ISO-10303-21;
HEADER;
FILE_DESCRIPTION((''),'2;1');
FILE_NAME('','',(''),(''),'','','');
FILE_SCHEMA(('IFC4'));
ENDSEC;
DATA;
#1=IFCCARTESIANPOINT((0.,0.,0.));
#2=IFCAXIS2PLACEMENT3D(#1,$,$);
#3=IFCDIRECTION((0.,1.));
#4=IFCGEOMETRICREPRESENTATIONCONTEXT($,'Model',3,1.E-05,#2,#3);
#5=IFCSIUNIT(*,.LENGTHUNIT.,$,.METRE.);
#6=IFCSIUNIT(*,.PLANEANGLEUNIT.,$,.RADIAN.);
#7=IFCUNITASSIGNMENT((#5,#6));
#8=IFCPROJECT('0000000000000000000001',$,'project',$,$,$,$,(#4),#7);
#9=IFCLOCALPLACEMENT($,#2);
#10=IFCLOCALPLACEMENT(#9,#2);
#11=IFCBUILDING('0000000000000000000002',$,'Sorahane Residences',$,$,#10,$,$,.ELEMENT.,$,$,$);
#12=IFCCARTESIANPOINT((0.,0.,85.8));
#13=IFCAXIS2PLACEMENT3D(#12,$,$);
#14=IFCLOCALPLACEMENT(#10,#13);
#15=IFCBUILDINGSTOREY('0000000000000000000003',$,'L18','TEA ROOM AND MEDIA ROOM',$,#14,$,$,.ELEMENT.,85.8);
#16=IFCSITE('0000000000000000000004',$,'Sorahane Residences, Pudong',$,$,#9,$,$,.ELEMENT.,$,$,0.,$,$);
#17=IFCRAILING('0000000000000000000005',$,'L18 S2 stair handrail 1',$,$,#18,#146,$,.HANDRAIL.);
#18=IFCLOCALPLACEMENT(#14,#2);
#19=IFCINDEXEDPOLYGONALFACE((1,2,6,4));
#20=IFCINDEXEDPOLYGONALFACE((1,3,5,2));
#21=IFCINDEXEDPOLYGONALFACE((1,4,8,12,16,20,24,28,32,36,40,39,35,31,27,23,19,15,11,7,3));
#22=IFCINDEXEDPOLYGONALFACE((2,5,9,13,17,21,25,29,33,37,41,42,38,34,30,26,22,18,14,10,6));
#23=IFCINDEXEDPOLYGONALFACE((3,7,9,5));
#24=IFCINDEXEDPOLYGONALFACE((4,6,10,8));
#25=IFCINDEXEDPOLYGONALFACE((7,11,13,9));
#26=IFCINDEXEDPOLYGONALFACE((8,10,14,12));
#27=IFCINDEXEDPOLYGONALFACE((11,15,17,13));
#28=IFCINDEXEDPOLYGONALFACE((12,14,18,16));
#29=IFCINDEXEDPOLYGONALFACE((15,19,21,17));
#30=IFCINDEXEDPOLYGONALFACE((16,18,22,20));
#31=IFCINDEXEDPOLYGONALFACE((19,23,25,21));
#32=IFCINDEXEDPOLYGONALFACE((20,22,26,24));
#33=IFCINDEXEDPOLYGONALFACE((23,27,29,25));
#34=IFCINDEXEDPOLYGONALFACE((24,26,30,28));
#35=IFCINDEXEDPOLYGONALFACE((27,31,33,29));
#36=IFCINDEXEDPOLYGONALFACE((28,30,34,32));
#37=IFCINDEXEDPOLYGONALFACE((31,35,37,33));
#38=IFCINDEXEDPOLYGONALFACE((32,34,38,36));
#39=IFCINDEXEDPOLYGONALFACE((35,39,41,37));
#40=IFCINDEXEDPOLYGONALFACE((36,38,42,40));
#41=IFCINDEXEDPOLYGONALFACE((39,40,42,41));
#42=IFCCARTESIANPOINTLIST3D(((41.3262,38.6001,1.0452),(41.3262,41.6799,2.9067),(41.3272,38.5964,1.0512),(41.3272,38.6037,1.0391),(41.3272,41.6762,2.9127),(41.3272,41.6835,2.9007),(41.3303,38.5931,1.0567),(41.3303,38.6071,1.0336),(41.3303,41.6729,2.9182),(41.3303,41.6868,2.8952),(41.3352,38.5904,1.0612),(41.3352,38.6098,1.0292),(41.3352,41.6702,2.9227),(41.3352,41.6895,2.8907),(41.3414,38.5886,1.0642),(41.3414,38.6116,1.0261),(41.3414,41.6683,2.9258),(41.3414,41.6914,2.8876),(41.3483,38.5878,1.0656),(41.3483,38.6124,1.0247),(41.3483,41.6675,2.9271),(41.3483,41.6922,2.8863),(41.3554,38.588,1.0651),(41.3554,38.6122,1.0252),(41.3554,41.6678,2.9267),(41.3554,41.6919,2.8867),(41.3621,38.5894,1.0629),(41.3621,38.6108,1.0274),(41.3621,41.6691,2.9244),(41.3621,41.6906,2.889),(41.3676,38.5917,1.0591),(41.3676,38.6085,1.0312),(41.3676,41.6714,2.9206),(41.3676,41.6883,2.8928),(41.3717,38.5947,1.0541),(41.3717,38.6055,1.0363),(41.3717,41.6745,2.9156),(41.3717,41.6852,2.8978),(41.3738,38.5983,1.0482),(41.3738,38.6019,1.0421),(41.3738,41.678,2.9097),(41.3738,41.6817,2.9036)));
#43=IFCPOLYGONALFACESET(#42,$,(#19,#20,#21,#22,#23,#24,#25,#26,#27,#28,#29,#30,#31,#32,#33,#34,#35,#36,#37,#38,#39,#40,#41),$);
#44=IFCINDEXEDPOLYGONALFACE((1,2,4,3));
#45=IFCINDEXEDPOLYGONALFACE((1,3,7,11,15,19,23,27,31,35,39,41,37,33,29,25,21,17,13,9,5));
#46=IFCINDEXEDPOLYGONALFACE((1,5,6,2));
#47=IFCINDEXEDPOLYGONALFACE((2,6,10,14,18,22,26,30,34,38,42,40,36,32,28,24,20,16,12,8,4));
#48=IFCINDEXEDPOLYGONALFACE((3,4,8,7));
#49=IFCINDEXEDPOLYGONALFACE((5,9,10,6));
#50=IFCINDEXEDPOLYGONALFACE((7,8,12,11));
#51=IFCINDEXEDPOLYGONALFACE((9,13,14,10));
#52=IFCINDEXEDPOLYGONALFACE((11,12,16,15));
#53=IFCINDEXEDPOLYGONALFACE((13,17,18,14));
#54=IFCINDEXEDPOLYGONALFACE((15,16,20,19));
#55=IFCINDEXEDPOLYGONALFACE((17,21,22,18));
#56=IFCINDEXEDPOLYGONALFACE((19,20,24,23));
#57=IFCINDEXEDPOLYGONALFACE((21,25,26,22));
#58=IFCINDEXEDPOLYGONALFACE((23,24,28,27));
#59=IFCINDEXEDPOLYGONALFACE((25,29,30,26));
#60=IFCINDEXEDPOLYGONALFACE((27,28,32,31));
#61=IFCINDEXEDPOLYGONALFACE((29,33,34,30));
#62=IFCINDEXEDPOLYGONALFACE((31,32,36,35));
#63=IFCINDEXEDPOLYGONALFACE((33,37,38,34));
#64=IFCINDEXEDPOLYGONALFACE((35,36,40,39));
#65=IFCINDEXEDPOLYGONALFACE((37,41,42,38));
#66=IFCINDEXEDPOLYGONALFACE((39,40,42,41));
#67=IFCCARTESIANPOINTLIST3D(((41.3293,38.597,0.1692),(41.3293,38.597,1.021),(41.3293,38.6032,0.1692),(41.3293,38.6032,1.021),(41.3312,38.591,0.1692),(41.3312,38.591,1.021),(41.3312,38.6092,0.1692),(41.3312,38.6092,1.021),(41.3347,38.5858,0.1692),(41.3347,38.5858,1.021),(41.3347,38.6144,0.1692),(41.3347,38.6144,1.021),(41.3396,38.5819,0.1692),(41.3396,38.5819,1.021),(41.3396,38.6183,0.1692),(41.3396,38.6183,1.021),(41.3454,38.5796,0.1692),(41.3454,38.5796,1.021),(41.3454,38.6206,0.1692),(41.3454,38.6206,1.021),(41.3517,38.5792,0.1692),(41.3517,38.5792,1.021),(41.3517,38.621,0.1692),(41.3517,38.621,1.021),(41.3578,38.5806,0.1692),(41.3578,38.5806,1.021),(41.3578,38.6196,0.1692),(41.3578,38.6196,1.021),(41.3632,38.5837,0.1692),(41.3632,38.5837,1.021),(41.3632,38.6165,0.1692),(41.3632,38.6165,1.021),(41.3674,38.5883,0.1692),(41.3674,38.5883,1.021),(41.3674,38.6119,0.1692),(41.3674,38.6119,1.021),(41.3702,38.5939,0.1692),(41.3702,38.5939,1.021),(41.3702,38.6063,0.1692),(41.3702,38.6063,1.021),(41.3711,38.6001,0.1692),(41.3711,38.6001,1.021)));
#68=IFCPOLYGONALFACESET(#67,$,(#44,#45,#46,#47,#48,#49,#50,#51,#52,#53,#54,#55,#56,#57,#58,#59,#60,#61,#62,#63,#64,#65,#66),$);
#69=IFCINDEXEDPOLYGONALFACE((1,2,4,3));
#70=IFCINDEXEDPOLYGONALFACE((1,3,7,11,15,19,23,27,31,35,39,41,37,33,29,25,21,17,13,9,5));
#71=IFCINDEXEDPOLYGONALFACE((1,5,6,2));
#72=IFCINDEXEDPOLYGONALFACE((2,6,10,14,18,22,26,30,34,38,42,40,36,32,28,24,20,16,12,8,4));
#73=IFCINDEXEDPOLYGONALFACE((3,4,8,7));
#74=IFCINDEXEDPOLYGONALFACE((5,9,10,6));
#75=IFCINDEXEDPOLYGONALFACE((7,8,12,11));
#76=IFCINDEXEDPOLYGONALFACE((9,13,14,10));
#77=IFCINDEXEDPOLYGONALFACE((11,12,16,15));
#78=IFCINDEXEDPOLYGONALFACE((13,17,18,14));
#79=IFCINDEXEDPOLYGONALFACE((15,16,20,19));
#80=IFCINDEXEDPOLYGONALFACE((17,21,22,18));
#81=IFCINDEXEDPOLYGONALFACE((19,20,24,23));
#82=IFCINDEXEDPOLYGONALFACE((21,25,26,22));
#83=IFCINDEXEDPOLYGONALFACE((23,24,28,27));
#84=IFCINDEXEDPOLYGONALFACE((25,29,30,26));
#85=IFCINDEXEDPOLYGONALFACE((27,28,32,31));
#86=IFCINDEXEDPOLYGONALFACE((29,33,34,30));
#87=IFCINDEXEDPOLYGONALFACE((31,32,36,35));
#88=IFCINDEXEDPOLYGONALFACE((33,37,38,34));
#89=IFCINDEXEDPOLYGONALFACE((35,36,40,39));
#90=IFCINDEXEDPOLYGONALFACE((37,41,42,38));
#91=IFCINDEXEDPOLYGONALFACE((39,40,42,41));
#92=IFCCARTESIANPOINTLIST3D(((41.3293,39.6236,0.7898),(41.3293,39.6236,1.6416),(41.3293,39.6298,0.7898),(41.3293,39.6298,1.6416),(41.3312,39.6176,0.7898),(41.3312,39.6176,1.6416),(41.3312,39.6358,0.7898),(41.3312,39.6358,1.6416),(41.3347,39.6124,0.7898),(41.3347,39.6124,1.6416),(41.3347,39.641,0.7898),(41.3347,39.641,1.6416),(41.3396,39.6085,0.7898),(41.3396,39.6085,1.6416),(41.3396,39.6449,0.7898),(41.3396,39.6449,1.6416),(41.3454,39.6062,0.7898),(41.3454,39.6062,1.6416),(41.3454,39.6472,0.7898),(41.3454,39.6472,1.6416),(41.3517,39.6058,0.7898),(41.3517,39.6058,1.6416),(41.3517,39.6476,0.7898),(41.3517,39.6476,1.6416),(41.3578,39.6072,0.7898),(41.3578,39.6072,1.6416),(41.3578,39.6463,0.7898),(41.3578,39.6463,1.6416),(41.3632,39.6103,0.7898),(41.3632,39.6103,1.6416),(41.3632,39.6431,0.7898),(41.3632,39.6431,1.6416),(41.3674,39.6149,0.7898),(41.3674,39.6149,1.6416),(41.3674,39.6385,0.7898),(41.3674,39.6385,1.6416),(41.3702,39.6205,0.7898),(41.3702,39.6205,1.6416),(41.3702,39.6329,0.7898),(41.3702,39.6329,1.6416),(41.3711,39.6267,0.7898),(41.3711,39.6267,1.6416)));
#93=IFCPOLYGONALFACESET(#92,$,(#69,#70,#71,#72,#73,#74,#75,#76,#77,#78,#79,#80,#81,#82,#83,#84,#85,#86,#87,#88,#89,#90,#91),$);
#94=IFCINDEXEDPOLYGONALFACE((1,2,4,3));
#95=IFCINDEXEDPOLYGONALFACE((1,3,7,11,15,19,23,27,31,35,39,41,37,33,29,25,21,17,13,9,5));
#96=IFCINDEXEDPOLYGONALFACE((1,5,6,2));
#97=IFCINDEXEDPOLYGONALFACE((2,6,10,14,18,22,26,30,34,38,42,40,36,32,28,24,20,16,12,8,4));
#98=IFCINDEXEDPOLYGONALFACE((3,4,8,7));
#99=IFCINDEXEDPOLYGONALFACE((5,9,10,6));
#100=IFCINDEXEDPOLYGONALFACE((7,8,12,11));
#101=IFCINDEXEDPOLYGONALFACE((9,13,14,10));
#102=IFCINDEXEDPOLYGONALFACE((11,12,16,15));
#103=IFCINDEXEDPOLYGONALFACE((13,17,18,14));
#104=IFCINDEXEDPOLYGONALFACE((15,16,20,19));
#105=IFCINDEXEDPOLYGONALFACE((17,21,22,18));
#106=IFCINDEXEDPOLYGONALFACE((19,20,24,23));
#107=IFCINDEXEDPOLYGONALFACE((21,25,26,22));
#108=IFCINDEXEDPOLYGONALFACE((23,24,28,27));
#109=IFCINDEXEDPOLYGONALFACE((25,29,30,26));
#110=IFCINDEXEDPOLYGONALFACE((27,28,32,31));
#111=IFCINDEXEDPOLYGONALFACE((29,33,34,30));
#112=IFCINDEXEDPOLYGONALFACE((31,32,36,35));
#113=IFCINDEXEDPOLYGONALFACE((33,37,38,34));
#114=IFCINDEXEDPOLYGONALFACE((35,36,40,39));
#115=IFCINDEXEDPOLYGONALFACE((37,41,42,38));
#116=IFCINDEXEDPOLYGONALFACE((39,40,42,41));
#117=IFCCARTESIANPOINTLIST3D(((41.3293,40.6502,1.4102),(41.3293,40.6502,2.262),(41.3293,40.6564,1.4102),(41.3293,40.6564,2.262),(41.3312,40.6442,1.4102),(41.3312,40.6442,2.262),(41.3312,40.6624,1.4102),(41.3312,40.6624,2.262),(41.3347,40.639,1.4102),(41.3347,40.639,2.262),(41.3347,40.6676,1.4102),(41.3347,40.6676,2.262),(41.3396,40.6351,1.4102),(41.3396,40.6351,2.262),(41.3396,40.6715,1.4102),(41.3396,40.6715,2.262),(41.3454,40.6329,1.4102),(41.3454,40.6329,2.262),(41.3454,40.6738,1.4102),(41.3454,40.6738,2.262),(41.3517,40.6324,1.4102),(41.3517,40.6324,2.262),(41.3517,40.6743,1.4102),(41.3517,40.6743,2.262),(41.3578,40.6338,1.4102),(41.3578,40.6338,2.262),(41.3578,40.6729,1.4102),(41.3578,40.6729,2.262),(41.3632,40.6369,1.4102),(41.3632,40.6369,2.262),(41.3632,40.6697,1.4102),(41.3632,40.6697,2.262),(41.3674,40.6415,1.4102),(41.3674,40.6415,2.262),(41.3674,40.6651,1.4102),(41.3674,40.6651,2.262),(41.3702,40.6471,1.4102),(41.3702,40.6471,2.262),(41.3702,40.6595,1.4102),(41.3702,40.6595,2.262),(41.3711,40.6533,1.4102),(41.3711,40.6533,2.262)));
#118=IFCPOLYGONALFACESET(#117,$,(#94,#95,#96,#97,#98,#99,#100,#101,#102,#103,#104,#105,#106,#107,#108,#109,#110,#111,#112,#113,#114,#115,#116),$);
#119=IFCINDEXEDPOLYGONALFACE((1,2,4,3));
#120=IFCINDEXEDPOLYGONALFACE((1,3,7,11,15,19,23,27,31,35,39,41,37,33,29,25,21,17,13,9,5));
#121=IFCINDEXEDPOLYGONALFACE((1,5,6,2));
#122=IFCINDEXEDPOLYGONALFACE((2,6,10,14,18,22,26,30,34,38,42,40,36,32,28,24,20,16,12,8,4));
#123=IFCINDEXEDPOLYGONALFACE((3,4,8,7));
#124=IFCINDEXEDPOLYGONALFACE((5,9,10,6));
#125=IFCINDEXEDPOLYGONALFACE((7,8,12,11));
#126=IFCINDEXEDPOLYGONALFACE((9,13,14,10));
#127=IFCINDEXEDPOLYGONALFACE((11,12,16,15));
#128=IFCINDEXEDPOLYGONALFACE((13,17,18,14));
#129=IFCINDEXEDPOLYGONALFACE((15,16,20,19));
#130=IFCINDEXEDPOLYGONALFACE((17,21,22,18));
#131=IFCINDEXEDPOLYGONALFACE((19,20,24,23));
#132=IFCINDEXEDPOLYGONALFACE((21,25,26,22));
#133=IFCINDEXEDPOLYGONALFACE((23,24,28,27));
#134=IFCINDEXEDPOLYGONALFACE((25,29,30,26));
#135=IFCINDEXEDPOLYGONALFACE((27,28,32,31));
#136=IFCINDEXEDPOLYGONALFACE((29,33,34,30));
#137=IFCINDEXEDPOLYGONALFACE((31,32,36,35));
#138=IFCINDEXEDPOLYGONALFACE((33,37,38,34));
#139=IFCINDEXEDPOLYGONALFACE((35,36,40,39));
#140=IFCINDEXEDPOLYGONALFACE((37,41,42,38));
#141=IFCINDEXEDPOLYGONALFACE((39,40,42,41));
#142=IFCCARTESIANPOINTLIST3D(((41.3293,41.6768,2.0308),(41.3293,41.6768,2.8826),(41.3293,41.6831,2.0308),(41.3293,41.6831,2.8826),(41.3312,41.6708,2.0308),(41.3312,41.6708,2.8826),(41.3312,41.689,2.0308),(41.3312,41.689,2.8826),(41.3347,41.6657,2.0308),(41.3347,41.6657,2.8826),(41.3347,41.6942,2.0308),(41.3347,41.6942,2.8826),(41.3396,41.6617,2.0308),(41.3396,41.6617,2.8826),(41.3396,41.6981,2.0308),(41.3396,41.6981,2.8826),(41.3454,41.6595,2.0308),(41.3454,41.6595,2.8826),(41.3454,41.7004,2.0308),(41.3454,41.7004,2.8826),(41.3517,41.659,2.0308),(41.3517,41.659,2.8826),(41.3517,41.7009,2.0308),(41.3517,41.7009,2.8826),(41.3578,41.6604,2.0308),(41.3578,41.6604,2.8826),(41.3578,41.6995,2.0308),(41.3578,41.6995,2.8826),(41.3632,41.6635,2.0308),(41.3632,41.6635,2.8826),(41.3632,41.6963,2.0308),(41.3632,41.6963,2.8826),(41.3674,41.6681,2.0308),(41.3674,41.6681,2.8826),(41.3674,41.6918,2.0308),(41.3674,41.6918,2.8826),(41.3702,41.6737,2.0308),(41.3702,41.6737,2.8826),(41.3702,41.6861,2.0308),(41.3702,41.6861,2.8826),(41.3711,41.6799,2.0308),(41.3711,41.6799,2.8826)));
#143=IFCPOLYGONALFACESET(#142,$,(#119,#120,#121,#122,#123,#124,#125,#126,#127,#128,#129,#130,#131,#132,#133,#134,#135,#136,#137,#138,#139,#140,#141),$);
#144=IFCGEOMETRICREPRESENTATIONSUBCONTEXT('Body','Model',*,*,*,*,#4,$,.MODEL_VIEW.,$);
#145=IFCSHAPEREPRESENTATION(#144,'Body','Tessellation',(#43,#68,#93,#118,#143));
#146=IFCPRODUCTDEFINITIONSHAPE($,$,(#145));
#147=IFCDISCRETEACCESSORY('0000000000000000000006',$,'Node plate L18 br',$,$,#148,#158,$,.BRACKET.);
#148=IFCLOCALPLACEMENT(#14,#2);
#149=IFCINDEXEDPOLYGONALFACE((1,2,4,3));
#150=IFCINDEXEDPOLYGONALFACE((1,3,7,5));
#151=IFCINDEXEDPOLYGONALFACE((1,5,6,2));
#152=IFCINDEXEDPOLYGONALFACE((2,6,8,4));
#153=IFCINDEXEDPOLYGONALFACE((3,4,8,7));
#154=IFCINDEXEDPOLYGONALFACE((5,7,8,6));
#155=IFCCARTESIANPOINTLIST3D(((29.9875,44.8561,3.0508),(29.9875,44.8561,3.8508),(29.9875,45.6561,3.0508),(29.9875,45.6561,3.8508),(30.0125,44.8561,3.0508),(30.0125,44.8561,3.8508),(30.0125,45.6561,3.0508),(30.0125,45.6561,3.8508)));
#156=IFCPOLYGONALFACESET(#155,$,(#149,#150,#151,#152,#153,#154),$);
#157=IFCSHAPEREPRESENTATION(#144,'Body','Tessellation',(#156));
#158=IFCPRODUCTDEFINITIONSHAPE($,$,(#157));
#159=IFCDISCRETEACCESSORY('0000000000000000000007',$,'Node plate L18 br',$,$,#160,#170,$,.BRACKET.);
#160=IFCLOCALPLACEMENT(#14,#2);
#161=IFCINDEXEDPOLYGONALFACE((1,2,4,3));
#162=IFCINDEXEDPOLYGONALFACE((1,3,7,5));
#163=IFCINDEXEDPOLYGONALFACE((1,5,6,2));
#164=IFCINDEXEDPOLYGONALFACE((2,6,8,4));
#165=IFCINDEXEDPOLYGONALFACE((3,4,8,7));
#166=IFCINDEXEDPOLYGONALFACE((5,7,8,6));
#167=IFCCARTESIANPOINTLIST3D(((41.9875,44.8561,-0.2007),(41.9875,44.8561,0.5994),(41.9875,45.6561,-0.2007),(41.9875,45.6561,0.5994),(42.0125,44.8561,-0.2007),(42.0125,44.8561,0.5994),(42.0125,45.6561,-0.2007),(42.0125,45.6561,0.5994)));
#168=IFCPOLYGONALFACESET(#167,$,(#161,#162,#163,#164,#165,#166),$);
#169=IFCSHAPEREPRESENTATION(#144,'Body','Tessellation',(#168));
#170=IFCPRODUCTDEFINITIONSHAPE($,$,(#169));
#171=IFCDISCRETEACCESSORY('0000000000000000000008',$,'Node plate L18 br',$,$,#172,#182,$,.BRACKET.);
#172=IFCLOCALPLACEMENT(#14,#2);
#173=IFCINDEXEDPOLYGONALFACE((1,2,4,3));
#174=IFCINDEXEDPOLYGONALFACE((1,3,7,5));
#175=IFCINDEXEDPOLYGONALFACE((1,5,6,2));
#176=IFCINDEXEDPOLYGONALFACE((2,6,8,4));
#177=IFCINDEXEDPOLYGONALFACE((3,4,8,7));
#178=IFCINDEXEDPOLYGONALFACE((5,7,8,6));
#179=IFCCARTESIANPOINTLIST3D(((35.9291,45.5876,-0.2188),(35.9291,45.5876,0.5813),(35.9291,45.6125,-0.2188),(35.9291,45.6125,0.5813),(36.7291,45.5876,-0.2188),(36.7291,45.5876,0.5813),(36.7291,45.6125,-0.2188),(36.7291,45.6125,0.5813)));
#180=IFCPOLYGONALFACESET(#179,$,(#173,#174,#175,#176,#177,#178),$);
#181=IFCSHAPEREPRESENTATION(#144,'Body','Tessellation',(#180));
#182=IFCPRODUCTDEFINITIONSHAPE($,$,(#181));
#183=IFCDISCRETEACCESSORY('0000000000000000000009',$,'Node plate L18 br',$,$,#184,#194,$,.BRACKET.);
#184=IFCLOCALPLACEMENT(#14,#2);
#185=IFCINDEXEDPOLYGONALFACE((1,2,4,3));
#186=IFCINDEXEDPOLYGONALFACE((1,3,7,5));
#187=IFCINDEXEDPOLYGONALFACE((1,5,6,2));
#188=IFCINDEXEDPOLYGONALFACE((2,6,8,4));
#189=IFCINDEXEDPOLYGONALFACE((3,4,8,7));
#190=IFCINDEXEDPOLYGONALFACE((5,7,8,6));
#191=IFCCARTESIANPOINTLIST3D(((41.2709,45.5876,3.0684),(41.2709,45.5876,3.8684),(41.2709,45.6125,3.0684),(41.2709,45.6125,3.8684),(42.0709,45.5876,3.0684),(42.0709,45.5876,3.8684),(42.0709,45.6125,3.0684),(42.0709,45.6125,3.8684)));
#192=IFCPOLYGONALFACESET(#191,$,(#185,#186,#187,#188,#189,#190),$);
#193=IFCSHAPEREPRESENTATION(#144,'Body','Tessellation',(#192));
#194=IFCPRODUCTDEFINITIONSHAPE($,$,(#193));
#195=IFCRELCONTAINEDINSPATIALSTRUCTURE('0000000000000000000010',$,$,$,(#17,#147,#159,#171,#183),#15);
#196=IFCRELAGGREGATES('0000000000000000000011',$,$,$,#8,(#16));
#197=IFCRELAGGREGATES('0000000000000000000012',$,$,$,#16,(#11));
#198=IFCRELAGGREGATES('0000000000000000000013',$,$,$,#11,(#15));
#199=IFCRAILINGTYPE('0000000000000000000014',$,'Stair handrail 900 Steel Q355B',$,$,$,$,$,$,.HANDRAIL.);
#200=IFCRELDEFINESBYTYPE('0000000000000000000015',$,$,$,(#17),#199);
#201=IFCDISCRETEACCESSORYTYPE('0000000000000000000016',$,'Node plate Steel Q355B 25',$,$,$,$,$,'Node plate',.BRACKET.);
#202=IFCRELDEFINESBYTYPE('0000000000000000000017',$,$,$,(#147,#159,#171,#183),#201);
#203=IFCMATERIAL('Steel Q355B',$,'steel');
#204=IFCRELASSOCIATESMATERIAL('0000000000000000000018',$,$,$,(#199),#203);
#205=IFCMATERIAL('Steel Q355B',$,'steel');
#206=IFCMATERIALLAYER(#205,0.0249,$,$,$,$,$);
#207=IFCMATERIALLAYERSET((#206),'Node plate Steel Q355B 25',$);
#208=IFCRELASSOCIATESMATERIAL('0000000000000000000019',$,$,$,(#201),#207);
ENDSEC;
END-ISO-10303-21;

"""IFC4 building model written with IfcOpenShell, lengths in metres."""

from ifc_helpers import new_model, si_unit, direction, frame, origin, origin_2d, place, context, subcontext, project, spatial, rectangle, circle, extrude, material, layer, layer_set, type_object, element, save


model = new_model("IFC4")

# Units and contexts
model_context = context("Model", 3, precision=1e-05, world=origin(), true_north=direction((0.0, 1.0)))
body_context = subcontext(model_context, "Body", "Model", "MODEL_VIEW")
ifc_project = project(units=[si_unit("LENGTHUNIT", "METRE"), si_unit("PLANEANGLEUNIT", "RADIAN")], contexts=[model_context])

# Site, building, storey
site_placement = place(None, origin())
site = spatial("IfcSite", under=ifc_project, at=site_placement, Name="Sorahane Residences, Pudong", CompositionType="ELEMENT", RefElevation=0.0)
building_placement = place(site_placement, origin())
building = spatial("IfcBuilding", under=site, at=building_placement, Name="Sorahane Residences", CompositionType="ELEMENT")
storey_placement = place(building_placement, frame((0.0, 0.0, 85.8)))
storey = spatial("IfcBuildingStorey", under=building, at=storey_placement, Name="L18", Description="TEA ROOM AND MEDIA ROOM", CompositionType="ELEMENT", Elevation=85.8)

# Railing
ifc_material_1 = material(Name="Steel Q355B", Category="steel")
railing_type = type_object("IfcRailingType", Name="Stair handrail 900 Steel Q355B", PredefinedType="HANDRAIL", material=ifc_material_1)
railing_placement = place(storey_placement, frame((41.3501, 38.6001, 0.1692)))
element("IfcRailing", 1, at=railing_placement, inside=storey, type_object=railing_type, Name="L18 S2 stair handrail 1", PredefinedType="HANDRAIL", context=body_context, shape_type="SweptSolid", body=[
    extrude(circle(Radius=0.0239, at=origin_2d()), frame((0.0, 0.0, 0.876), z_axis=(0.0, 0.855812, 0.517286), x_axis=(-1.0, 0.0, 0.0)), (0.0, 0.0, 1.0), 3.5986),
    extrude(circle(Radius=0.021, at=origin_2d()), origin(), (0.0, 0.0, 1.0), 0.8518),
    extrude(circle(Radius=0.021, at=origin_2d()), frame((0.0, 1.0266, 0.6206)), (0.0, 0.0, 1.0), 0.8518),
    extrude(circle(Radius=0.021, at=origin_2d()), frame((0.0, 2.0532, 1.241)), (0.0, 0.0, 1.0), 0.8518),
    extrude(circle(Radius=0.021, at=origin_2d()), frame((0.0, 3.0798, 1.8616)), (0.0, 0.0, 1.0), 0.8518),
])

# Discrete accessories
ifc_material_2 = material(Name="Steel Q355B", Category="steel")
ifc_layer_1 = layer(ifc_material_2, 0.0249)
ifc_layer_set_1 = layer_set([ifc_layer_1], Name="Node plate Steel Q355B 25")
discrete_accessory_type = type_object("IfcDiscreteAccessoryType", Name="Node plate Steel Q355B 25", ElementType="Node plate", PredefinedType="BRACKET", material=ifc_layer_set_1)
for number, where, z_axis, x_axis, name in (
    (2, (30.0, 45.2561, 3.0508), (0.0, 0.0, 1.0), (0.0, 1.0, 0.0), "Node plate L18 br"),
    (3, (42.0, 45.2561, -0.2007), (0.0, 0.0, 1.0), (0.0, 1.0, 0.0), "Node plate L18 br"),
    (4, (36.3291, 45.6001, -0.2188), (0.0, 0.0, 1.0), (1.0, 0.0, 0.0), "Node plate L18 br"),
    (5, (41.6709, 45.6001, 3.0684), (0.0, 0.0, 1.0), (1.0, 0.0, 0.0), "Node plate L18 br"),
):
    element("IfcDiscreteAccessory", number, at=place(storey_placement, frame(where, z_axis=z_axis, x_axis=x_axis)), inside=storey, type_object=discrete_accessory_type, Name=name, PredefinedType="BRACKET", context=body_context, shape_type="SweptSolid", body=[
        extrude(rectangle(XDim=0.8, YDim=0.0249, at=origin_2d()), origin(), (0.0, 0.0, 1.0), 0.8),
    ])

save(model, "model.ifc")
